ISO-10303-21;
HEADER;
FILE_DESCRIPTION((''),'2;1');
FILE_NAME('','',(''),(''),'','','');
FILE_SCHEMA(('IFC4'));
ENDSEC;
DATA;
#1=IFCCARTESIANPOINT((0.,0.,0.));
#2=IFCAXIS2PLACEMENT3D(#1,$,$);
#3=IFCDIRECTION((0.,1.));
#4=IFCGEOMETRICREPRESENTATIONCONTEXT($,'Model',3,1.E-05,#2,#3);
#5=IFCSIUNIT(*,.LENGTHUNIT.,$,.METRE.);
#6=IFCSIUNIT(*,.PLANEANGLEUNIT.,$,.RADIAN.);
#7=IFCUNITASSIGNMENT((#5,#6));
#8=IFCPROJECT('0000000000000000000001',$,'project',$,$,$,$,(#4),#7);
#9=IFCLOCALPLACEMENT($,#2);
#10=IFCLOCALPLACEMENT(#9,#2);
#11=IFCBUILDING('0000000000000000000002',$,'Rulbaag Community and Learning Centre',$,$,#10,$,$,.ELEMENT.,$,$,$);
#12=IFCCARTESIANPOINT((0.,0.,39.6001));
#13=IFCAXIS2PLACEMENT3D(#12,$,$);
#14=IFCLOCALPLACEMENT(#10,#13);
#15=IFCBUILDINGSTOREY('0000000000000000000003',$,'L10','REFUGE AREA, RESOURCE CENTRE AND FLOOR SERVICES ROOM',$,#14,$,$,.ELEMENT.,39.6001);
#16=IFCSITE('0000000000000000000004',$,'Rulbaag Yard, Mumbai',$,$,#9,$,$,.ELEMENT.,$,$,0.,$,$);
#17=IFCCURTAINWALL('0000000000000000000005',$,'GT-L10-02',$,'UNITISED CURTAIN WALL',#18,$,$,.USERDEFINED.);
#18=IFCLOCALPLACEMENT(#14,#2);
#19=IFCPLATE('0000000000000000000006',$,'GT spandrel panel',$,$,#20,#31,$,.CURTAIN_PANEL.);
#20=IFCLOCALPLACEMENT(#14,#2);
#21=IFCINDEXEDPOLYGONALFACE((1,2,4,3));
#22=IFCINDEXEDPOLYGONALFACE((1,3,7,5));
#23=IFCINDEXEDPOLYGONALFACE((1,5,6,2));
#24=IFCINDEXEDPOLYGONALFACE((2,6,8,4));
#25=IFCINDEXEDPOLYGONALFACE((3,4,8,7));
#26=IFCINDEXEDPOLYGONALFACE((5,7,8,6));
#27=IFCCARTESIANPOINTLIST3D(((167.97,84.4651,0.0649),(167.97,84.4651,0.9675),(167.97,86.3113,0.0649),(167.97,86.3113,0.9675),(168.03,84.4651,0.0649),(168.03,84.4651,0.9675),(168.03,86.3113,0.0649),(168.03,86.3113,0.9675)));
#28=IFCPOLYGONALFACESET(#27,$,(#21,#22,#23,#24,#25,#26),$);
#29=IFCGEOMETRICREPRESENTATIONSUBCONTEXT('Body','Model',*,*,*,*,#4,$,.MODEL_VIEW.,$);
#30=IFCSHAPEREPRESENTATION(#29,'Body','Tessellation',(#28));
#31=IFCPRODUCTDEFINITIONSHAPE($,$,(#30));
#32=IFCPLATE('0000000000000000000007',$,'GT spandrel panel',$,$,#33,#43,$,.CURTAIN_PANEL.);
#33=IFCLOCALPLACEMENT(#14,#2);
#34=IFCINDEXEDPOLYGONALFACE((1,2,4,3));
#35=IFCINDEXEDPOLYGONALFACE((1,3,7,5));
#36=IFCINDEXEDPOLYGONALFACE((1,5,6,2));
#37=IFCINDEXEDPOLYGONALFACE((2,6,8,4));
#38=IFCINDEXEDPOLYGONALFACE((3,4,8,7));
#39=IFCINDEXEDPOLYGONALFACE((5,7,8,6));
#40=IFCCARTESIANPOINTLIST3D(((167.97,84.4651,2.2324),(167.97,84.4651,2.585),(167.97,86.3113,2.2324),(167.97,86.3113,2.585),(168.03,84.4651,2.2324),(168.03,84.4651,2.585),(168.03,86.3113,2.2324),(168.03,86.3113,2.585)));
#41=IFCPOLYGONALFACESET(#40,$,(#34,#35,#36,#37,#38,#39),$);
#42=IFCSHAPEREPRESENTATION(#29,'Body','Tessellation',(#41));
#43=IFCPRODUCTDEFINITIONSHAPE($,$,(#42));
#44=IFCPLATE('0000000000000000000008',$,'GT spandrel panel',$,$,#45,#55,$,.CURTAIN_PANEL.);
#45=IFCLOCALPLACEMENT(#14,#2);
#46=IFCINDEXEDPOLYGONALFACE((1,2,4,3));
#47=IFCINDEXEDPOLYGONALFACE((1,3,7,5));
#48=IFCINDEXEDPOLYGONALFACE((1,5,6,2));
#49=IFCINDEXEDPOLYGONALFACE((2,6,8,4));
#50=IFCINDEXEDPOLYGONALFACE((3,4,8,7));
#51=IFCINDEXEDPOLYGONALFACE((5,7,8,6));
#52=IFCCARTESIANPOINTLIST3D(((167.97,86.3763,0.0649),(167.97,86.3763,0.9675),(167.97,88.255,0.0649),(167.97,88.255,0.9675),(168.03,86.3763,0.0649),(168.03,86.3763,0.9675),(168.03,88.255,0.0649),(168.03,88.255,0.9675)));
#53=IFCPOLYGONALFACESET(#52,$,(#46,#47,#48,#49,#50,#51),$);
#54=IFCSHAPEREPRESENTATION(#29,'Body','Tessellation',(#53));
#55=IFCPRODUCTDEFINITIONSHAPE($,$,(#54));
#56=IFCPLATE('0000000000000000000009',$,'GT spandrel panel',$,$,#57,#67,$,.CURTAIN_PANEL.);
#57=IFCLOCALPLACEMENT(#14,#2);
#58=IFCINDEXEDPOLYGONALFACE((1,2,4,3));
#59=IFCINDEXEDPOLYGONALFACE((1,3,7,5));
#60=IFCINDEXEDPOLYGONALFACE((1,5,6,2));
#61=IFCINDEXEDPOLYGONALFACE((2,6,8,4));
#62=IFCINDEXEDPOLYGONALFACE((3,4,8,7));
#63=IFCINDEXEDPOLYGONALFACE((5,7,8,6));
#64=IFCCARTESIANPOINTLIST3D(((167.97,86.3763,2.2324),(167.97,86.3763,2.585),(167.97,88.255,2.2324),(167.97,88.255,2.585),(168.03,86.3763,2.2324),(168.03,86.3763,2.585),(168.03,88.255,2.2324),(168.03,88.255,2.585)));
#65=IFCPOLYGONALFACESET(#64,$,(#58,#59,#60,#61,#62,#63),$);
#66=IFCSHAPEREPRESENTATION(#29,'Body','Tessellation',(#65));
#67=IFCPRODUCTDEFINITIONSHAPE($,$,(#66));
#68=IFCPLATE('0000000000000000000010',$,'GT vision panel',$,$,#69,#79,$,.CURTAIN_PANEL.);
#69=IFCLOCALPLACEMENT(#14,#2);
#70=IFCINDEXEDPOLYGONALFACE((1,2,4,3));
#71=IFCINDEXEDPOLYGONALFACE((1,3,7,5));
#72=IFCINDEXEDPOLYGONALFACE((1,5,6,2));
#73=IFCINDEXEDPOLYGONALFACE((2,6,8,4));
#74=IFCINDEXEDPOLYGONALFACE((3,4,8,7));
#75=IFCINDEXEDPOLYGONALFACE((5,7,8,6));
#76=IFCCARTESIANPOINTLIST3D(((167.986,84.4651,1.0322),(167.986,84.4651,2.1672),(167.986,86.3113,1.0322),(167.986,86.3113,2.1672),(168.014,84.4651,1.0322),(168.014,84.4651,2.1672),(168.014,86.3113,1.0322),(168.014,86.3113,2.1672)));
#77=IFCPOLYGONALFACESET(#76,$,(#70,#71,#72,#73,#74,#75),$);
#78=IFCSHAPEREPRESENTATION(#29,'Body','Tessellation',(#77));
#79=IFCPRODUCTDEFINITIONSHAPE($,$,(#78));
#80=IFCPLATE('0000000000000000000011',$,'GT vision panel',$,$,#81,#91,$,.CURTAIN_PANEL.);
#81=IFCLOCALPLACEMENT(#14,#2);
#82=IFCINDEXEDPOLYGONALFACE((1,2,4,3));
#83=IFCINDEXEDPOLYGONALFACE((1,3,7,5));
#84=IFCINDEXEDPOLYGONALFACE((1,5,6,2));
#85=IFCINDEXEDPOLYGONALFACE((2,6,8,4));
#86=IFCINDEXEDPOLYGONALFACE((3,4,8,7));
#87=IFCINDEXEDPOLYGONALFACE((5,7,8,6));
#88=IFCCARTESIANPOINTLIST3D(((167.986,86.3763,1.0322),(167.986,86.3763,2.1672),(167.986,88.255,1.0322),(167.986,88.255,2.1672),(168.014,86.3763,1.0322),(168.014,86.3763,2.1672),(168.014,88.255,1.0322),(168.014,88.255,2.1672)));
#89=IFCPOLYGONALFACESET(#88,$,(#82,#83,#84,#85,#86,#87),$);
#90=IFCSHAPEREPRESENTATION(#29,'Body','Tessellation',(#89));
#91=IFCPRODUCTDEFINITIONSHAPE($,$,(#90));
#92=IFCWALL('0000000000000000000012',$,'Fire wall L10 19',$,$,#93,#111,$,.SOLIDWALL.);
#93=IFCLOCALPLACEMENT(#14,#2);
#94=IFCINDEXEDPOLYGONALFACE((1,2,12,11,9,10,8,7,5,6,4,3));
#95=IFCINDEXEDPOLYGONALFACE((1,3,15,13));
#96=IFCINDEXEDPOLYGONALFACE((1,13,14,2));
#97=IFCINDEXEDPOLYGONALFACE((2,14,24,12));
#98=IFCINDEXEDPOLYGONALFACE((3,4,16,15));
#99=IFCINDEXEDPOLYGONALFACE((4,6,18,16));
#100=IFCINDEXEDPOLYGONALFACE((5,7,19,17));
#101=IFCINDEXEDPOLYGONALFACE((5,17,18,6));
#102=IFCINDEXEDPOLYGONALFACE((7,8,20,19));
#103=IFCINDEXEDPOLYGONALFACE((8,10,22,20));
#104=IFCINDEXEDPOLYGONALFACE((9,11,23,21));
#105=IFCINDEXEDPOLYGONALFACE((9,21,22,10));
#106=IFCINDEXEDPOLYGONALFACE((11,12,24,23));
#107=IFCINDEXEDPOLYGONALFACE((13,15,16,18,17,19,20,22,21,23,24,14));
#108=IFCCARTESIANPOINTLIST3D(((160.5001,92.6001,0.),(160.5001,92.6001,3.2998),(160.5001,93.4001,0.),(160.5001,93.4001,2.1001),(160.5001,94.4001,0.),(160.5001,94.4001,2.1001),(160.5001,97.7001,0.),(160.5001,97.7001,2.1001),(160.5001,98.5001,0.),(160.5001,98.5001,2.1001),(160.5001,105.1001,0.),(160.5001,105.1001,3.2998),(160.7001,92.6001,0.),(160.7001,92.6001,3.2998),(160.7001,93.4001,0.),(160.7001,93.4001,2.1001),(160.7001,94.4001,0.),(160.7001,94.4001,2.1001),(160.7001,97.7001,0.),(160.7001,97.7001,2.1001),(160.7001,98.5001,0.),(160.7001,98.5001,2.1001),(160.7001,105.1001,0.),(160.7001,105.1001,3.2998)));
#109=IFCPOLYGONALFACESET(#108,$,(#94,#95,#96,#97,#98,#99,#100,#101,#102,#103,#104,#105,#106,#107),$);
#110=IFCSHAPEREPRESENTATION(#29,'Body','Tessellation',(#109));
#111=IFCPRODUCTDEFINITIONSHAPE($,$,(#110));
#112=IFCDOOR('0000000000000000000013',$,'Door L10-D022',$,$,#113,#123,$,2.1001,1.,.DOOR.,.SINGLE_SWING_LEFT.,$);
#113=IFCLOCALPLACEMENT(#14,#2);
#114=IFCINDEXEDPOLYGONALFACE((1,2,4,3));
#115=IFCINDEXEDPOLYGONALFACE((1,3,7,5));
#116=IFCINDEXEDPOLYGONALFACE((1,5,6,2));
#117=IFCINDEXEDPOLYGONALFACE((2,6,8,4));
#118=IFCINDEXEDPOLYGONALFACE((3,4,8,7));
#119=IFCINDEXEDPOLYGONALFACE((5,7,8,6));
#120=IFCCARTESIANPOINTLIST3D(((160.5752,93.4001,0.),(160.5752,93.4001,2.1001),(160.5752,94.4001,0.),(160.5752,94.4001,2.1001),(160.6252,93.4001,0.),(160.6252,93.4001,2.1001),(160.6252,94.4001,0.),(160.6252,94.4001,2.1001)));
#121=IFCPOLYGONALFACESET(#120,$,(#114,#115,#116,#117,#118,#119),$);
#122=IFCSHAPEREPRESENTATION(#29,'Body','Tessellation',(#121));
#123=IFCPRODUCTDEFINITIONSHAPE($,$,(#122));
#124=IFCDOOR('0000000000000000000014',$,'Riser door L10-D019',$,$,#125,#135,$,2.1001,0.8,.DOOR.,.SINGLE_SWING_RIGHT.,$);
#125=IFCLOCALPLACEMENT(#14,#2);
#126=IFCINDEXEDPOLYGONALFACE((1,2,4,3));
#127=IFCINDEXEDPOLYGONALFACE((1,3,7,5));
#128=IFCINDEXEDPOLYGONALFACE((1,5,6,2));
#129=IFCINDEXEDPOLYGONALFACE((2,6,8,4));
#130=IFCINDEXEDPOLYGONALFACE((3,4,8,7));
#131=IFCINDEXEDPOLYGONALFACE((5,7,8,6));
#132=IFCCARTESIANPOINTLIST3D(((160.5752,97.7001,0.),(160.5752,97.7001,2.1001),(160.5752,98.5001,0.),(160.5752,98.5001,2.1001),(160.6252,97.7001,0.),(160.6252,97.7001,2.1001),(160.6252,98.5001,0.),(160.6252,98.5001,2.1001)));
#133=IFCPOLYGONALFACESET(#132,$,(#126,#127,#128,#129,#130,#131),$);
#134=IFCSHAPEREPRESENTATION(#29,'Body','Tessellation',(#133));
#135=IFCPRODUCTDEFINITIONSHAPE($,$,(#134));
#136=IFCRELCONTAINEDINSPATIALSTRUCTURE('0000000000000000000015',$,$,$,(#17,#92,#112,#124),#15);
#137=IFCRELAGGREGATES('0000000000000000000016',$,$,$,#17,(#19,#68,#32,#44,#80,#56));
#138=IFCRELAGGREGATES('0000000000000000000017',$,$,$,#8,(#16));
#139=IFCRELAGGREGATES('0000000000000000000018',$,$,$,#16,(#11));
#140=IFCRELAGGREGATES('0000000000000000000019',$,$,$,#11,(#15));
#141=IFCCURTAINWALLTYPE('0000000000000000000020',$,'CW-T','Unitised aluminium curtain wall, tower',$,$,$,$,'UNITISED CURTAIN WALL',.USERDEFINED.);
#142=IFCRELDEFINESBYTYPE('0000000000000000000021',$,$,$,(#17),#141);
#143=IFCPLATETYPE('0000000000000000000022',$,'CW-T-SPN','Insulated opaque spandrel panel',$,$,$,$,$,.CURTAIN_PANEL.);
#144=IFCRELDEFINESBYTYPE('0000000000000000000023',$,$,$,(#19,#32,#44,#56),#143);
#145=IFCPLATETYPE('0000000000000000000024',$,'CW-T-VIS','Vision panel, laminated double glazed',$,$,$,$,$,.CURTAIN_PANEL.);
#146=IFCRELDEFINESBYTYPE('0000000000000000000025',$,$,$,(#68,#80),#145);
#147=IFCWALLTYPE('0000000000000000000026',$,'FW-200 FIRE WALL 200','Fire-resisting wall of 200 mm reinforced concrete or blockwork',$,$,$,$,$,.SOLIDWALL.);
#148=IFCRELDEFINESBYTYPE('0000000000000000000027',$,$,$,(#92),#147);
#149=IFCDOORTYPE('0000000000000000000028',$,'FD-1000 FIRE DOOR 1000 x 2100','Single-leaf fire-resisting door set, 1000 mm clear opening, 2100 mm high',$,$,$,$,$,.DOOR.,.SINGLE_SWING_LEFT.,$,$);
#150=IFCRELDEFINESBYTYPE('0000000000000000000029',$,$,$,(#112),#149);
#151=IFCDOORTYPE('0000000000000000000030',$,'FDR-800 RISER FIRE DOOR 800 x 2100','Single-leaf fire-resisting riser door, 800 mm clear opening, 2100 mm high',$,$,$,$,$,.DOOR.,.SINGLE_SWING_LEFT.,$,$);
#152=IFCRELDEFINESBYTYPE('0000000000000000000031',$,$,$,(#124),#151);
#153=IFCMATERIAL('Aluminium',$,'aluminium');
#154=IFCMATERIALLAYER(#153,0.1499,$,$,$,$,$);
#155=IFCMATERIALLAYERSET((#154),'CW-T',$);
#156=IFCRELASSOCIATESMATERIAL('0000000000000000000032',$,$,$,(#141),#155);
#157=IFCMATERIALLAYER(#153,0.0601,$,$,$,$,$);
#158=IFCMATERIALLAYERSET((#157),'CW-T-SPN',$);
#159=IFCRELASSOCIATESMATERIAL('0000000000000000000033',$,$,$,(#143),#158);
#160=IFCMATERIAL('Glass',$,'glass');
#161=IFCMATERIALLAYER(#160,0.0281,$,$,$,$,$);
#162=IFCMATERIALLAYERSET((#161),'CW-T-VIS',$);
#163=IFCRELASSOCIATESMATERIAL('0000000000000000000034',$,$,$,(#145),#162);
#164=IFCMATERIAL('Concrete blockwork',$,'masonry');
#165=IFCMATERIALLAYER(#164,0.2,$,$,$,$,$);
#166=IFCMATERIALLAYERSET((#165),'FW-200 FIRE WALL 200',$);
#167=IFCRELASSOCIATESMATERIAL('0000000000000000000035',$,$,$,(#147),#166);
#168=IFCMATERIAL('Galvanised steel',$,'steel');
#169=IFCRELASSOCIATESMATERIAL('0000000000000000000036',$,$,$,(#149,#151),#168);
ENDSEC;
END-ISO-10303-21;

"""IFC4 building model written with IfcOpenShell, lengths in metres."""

from ifc_helpers import new_model, si_unit, direction, frame, frame_2d, origin, origin_2d, place, context, subcontext, project, spatial, rectangle, extrude, material, layer, layer_set, type_object, element, fill, aggregate, save


model = new_model("IFC4")

# Units and contexts
model_context = context("Model", 3, precision=1e-05, world=origin(), true_north=direction((0.0, 1.0)))
body_context = subcontext(model_context, "Body", "Model", "MODEL_VIEW")
ifc_project = project(units=[si_unit("LENGTHUNIT", "METRE"), si_unit("PLANEANGLEUNIT", "RADIAN")], contexts=[model_context])

# Site, building, storey
site_placement = place(None, origin())
site = spatial("IfcSite", under=ifc_project, at=site_placement, Name="Rulbaag Yard, Mumbai", CompositionType="ELEMENT", RefElevation=0.0)
building_placement = place(site_placement, origin())
building = spatial("IfcBuilding", under=site, at=building_placement, Name="Rulbaag Community and Learning Centre", CompositionType="ELEMENT")
storey_placement = place(building_placement, frame((0.0, 0.0, 39.6001)))
storey = spatial("IfcBuildingStorey", under=building, at=storey_placement, Name="L10", Description="REFUGE AREA, RESOURCE CENTRE AND FLOOR SERVICES ROOM", CompositionType="ELEMENT", Elevation=39.6001)

# Curtain wall, plates
ifc_material_1 = material(Name="Aluminium", Category="aluminium")
ifc_layer_1 = layer(ifc_material_1, 0.1499)
ifc_layer_set_1 = layer_set([ifc_layer_1], Name="CW-T")
curtain_wall_type = type_object("IfcCurtainWallType", Name="CW-T", Description="Unitised aluminium curtain wall, tower", ElementType="UNITISED CURTAIN WALL", PredefinedType="USERDEFINED", material=ifc_layer_set_1)
curtain_wall_placement = place(storey_placement, origin())
curtain_wall = element("IfcCurtainWall", 1, at=curtain_wall_placement, inside=storey, type_object=curtain_wall_type, Name="GT-L10-02", ObjectType="UNITISED CURTAIN WALL", PredefinedType="USERDEFINED")
ifc_layer_2 = layer(ifc_material_1, 0.0601)
ifc_layer_set_2 = layer_set([ifc_layer_2], Name="CW-T-SPN")
plate_type_1 = type_object("IfcPlateType", Name="CW-T-SPN", Description="Insulated opaque spandrel panel", PredefinedType="CURTAIN_PANEL", material=ifc_layer_set_2)
plate_1_placement = place(storey_placement, frame((168.0, 85.3882, 0.0649), z_axis=(0.0, 0.0, 1.0), x_axis=(0.0, 1.0, 0.0)))
plate_1 = element("IfcPlate", 2, at=plate_1_placement, type_object=plate_type_1, Name="GT spandrel panel", PredefinedType="CURTAIN_PANEL", context=body_context, shape_type="SweptSolid", body=[
    extrude(rectangle(XDim=1.8462, YDim=0.0601, at=origin_2d()), origin(), (0.0, 0.0, 1.0), 0.9026),
])
plate_2_placement = place(storey_placement, frame((168.0, 85.3882, 2.2324), z_axis=(0.0, 0.0, 1.0), x_axis=(0.0, 1.0, 0.0)))
plate_2 = element("IfcPlate", 3, at=plate_2_placement, type_object=plate_type_1, Name="GT spandrel panel", PredefinedType="CURTAIN_PANEL", context=body_context, shape_type="SweptSolid", body=[
    extrude(rectangle(XDim=1.8462, YDim=0.0601, at=origin_2d()), origin(), (0.0, 0.0, 1.0), 0.3525),
])
plate_3_placement = place(storey_placement, frame((168.0, 87.3157, 0.0649), z_axis=(0.0, 0.0, 1.0), x_axis=(0.0, 1.0, 0.0)))
plate_3 = element("IfcPlate", 4, at=plate_3_placement, type_object=plate_type_1, Name="GT spandrel panel", PredefinedType="CURTAIN_PANEL", context=body_context, shape_type="SweptSolid", body=[
    extrude(rectangle(XDim=1.8787, YDim=0.0601, at=origin_2d()), origin(), (0.0, 0.0, 1.0), 0.9026),
])
plate_4_placement = place(storey_placement, frame((168.0, 87.3157, 2.2324), z_axis=(0.0, 0.0, 1.0), x_axis=(0.0, 1.0, 0.0)))
plate_4 = element("IfcPlate", 5, at=plate_4_placement, type_object=plate_type_1, Name="GT spandrel panel", PredefinedType="CURTAIN_PANEL", context=body_context, shape_type="SweptSolid", body=[
    extrude(rectangle(XDim=1.8787, YDim=0.0601, at=origin_2d()), origin(), (0.0, 0.0, 1.0), 0.3525),
])
ifc_material_2 = material(Name="Glass", Category="glass")
ifc_layer_3 = layer(ifc_material_2, 0.0281)
ifc_layer_set_3 = layer_set([ifc_layer_3], Name="CW-T-VIS")
plate_type_2 = type_object("IfcPlateType", Name="CW-T-VIS", Description="Vision panel, laminated double glazed", PredefinedType="CURTAIN_PANEL", material=ifc_layer_set_3)
plate_5_placement = place(storey_placement, frame((168.0, 85.3882, 1.0322), z_axis=(0.0, 0.0, 1.0), x_axis=(0.0, 1.0, 0.0)))
plate_5 = element("IfcPlate", 6, at=plate_5_placement, type_object=plate_type_2, Name="GT vision panel", PredefinedType="CURTAIN_PANEL", context=body_context, shape_type="SweptSolid", body=[
    extrude(rectangle(XDim=1.8462, YDim=0.0281, at=origin_2d()), origin(), (0.0, 0.0, 1.0), 1.135),
])
plate_6_placement = place(storey_placement, frame((168.0, 87.3157, 1.0322), z_axis=(0.0, 0.0, 1.0), x_axis=(0.0, 1.0, 0.0)))
plate_6 = element("IfcPlate", 7, at=plate_6_placement, type_object=plate_type_2, Name="GT vision panel", PredefinedType="CURTAIN_PANEL", context=body_context, shape_type="SweptSolid", body=[
    extrude(rectangle(XDim=1.8787, YDim=0.0281, at=origin_2d()), origin(), (0.0, 0.0, 1.0), 1.135),
])
aggregate(curtain_wall, [plate_1, plate_5, plate_2, plate_3, plate_6, plate_4])

# Wall, openings, doors
ifc_material_3 = material(Name="Concrete blockwork", Category="masonry")
ifc_layer_4 = layer(ifc_material_3, 0.2)
ifc_layer_set_4 = layer_set([ifc_layer_4], Name="FW-200 FIRE WALL 200")
wall_type_1 = type_object("IfcWallType", Name="FW-200 FIRE WALL 200", Description="Fire-resisting wall of 200 mm reinforced concrete or blockwork", PredefinedType="SOLIDWALL", material=ifc_layer_set_4)
wall_1_placement = place(storey_placement, frame((160.6001, 92.6001, 0.0), z_axis=(0.0, 0.0, 1.0), x_axis=(0.0, 1.0, 0.0)))
wall_1 = element("IfcWall", 8, at=wall_1_placement, inside=storey, type_object=wall_type_1, Name="Fire wall L10 19", PredefinedType="SOLIDWALL", context=body_context, shape_type="SweptSolid", body=[
    extrude(rectangle(XDim=12.5, YDim=0.2, at=frame_2d((6.25, 0.0))), origin(), (0.0, 0.0, 1.0), 3.2998),
])
opening_1_placement = place(wall_1_placement, frame((5.1001, 0.0, 0.0)))
opening_1 = element("IfcOpeningElement", 9, at=opening_1_placement, cuts=wall_1, PredefinedType="OPENING", context=body_context, shape_type="SweptSolid", body=[
    extrude(rectangle(XDim=0.8, YDim=2.1001, at=frame_2d((0.3999, 1.05))), frame((0.0, 0.1099, 0.0), z_axis=(0.0, -1.0, 0.0), x_axis=(1.0, 0.0, 0.0)), (0.0, 0.0, 1.0), 0.22),
])
opening_2_placement = place(wall_1_placement, frame((0.8, 0.0, 0.0)))
opening_2 = element("IfcOpeningElement", 10, at=opening_2_placement, cuts=wall_1, PredefinedType="OPENING", context=body_context, shape_type="SweptSolid", body=[
    extrude(rectangle(XDim=1.0, YDim=2.1001, at=frame_2d((0.5, 1.05))), frame((0.0, 0.1099, 0.0), z_axis=(0.0, -1.0, 0.0), x_axis=(1.0, 0.0, 0.0)), (0.0, 0.0, 1.0), 0.22),
])
ifc_material_4 = material(Name="Galvanised steel", Category="steel")
door_type_1 = type_object("IfcDoorType", Name="FD-1000 FIRE DOOR 1000 x 2100", Description="Single-leaf fire-resisting door set, 1000 mm clear opening, 2100 mm high", OperationType="SINGLE_SWING_LEFT", PredefinedType="DOOR", material=ifc_material_4)
door_1_placement = place(opening_2_placement, origin())
door_1 = element("IfcDoor", 11, at=door_1_placement, inside=storey, type_object=door_type_1, Name="Door L10-D022", OperationType="SINGLE_SWING_LEFT", OverallHeight=2.1001, OverallWidth=1.0, PredefinedType="DOOR", context=body_context, shape_type="SweptSolid", body=[
    extrude(rectangle(XDim=1.0, YDim=2.1001, at=frame_2d((0.5, 1.05))), frame((0.0, 0.0249, 0.0), z_axis=(0.0, -1.0, 0.0), x_axis=(1.0, 0.0, 0.0)), (0.0, 0.0, 1.0), 0.05),
])
fill(opening_2, door_1)
door_type_2 = type_object("IfcDoorType", Name="FDR-800 RISER FIRE DOOR 800 x 2100", Description="Single-leaf fire-resisting riser door, 800 mm clear opening, 2100 mm high", OperationType="SINGLE_SWING_LEFT", PredefinedType="DOOR", material=ifc_material_4)
door_2_placement = place(opening_1_placement, origin())
door_2 = element("IfcDoor", 12, at=door_2_placement, inside=storey, type_object=door_type_2, Name="Riser door L10-D019", OperationType="SINGLE_SWING_RIGHT", OverallHeight=2.1001, OverallWidth=0.8, PredefinedType="DOOR", context=body_context, shape_type="SweptSolid", body=[
    extrude(rectangle(XDim=0.8, YDim=2.1001, at=frame_2d((0.3999, 1.05))), frame((0.0, 0.0249, 0.0), z_axis=(0.0, -1.0, 0.0), x_axis=(1.0, 0.0, 0.0)), (0.0, 0.0, 1.0), 0.05),
])
fill(opening_1, door_2)

save(model, "model.ifc")
